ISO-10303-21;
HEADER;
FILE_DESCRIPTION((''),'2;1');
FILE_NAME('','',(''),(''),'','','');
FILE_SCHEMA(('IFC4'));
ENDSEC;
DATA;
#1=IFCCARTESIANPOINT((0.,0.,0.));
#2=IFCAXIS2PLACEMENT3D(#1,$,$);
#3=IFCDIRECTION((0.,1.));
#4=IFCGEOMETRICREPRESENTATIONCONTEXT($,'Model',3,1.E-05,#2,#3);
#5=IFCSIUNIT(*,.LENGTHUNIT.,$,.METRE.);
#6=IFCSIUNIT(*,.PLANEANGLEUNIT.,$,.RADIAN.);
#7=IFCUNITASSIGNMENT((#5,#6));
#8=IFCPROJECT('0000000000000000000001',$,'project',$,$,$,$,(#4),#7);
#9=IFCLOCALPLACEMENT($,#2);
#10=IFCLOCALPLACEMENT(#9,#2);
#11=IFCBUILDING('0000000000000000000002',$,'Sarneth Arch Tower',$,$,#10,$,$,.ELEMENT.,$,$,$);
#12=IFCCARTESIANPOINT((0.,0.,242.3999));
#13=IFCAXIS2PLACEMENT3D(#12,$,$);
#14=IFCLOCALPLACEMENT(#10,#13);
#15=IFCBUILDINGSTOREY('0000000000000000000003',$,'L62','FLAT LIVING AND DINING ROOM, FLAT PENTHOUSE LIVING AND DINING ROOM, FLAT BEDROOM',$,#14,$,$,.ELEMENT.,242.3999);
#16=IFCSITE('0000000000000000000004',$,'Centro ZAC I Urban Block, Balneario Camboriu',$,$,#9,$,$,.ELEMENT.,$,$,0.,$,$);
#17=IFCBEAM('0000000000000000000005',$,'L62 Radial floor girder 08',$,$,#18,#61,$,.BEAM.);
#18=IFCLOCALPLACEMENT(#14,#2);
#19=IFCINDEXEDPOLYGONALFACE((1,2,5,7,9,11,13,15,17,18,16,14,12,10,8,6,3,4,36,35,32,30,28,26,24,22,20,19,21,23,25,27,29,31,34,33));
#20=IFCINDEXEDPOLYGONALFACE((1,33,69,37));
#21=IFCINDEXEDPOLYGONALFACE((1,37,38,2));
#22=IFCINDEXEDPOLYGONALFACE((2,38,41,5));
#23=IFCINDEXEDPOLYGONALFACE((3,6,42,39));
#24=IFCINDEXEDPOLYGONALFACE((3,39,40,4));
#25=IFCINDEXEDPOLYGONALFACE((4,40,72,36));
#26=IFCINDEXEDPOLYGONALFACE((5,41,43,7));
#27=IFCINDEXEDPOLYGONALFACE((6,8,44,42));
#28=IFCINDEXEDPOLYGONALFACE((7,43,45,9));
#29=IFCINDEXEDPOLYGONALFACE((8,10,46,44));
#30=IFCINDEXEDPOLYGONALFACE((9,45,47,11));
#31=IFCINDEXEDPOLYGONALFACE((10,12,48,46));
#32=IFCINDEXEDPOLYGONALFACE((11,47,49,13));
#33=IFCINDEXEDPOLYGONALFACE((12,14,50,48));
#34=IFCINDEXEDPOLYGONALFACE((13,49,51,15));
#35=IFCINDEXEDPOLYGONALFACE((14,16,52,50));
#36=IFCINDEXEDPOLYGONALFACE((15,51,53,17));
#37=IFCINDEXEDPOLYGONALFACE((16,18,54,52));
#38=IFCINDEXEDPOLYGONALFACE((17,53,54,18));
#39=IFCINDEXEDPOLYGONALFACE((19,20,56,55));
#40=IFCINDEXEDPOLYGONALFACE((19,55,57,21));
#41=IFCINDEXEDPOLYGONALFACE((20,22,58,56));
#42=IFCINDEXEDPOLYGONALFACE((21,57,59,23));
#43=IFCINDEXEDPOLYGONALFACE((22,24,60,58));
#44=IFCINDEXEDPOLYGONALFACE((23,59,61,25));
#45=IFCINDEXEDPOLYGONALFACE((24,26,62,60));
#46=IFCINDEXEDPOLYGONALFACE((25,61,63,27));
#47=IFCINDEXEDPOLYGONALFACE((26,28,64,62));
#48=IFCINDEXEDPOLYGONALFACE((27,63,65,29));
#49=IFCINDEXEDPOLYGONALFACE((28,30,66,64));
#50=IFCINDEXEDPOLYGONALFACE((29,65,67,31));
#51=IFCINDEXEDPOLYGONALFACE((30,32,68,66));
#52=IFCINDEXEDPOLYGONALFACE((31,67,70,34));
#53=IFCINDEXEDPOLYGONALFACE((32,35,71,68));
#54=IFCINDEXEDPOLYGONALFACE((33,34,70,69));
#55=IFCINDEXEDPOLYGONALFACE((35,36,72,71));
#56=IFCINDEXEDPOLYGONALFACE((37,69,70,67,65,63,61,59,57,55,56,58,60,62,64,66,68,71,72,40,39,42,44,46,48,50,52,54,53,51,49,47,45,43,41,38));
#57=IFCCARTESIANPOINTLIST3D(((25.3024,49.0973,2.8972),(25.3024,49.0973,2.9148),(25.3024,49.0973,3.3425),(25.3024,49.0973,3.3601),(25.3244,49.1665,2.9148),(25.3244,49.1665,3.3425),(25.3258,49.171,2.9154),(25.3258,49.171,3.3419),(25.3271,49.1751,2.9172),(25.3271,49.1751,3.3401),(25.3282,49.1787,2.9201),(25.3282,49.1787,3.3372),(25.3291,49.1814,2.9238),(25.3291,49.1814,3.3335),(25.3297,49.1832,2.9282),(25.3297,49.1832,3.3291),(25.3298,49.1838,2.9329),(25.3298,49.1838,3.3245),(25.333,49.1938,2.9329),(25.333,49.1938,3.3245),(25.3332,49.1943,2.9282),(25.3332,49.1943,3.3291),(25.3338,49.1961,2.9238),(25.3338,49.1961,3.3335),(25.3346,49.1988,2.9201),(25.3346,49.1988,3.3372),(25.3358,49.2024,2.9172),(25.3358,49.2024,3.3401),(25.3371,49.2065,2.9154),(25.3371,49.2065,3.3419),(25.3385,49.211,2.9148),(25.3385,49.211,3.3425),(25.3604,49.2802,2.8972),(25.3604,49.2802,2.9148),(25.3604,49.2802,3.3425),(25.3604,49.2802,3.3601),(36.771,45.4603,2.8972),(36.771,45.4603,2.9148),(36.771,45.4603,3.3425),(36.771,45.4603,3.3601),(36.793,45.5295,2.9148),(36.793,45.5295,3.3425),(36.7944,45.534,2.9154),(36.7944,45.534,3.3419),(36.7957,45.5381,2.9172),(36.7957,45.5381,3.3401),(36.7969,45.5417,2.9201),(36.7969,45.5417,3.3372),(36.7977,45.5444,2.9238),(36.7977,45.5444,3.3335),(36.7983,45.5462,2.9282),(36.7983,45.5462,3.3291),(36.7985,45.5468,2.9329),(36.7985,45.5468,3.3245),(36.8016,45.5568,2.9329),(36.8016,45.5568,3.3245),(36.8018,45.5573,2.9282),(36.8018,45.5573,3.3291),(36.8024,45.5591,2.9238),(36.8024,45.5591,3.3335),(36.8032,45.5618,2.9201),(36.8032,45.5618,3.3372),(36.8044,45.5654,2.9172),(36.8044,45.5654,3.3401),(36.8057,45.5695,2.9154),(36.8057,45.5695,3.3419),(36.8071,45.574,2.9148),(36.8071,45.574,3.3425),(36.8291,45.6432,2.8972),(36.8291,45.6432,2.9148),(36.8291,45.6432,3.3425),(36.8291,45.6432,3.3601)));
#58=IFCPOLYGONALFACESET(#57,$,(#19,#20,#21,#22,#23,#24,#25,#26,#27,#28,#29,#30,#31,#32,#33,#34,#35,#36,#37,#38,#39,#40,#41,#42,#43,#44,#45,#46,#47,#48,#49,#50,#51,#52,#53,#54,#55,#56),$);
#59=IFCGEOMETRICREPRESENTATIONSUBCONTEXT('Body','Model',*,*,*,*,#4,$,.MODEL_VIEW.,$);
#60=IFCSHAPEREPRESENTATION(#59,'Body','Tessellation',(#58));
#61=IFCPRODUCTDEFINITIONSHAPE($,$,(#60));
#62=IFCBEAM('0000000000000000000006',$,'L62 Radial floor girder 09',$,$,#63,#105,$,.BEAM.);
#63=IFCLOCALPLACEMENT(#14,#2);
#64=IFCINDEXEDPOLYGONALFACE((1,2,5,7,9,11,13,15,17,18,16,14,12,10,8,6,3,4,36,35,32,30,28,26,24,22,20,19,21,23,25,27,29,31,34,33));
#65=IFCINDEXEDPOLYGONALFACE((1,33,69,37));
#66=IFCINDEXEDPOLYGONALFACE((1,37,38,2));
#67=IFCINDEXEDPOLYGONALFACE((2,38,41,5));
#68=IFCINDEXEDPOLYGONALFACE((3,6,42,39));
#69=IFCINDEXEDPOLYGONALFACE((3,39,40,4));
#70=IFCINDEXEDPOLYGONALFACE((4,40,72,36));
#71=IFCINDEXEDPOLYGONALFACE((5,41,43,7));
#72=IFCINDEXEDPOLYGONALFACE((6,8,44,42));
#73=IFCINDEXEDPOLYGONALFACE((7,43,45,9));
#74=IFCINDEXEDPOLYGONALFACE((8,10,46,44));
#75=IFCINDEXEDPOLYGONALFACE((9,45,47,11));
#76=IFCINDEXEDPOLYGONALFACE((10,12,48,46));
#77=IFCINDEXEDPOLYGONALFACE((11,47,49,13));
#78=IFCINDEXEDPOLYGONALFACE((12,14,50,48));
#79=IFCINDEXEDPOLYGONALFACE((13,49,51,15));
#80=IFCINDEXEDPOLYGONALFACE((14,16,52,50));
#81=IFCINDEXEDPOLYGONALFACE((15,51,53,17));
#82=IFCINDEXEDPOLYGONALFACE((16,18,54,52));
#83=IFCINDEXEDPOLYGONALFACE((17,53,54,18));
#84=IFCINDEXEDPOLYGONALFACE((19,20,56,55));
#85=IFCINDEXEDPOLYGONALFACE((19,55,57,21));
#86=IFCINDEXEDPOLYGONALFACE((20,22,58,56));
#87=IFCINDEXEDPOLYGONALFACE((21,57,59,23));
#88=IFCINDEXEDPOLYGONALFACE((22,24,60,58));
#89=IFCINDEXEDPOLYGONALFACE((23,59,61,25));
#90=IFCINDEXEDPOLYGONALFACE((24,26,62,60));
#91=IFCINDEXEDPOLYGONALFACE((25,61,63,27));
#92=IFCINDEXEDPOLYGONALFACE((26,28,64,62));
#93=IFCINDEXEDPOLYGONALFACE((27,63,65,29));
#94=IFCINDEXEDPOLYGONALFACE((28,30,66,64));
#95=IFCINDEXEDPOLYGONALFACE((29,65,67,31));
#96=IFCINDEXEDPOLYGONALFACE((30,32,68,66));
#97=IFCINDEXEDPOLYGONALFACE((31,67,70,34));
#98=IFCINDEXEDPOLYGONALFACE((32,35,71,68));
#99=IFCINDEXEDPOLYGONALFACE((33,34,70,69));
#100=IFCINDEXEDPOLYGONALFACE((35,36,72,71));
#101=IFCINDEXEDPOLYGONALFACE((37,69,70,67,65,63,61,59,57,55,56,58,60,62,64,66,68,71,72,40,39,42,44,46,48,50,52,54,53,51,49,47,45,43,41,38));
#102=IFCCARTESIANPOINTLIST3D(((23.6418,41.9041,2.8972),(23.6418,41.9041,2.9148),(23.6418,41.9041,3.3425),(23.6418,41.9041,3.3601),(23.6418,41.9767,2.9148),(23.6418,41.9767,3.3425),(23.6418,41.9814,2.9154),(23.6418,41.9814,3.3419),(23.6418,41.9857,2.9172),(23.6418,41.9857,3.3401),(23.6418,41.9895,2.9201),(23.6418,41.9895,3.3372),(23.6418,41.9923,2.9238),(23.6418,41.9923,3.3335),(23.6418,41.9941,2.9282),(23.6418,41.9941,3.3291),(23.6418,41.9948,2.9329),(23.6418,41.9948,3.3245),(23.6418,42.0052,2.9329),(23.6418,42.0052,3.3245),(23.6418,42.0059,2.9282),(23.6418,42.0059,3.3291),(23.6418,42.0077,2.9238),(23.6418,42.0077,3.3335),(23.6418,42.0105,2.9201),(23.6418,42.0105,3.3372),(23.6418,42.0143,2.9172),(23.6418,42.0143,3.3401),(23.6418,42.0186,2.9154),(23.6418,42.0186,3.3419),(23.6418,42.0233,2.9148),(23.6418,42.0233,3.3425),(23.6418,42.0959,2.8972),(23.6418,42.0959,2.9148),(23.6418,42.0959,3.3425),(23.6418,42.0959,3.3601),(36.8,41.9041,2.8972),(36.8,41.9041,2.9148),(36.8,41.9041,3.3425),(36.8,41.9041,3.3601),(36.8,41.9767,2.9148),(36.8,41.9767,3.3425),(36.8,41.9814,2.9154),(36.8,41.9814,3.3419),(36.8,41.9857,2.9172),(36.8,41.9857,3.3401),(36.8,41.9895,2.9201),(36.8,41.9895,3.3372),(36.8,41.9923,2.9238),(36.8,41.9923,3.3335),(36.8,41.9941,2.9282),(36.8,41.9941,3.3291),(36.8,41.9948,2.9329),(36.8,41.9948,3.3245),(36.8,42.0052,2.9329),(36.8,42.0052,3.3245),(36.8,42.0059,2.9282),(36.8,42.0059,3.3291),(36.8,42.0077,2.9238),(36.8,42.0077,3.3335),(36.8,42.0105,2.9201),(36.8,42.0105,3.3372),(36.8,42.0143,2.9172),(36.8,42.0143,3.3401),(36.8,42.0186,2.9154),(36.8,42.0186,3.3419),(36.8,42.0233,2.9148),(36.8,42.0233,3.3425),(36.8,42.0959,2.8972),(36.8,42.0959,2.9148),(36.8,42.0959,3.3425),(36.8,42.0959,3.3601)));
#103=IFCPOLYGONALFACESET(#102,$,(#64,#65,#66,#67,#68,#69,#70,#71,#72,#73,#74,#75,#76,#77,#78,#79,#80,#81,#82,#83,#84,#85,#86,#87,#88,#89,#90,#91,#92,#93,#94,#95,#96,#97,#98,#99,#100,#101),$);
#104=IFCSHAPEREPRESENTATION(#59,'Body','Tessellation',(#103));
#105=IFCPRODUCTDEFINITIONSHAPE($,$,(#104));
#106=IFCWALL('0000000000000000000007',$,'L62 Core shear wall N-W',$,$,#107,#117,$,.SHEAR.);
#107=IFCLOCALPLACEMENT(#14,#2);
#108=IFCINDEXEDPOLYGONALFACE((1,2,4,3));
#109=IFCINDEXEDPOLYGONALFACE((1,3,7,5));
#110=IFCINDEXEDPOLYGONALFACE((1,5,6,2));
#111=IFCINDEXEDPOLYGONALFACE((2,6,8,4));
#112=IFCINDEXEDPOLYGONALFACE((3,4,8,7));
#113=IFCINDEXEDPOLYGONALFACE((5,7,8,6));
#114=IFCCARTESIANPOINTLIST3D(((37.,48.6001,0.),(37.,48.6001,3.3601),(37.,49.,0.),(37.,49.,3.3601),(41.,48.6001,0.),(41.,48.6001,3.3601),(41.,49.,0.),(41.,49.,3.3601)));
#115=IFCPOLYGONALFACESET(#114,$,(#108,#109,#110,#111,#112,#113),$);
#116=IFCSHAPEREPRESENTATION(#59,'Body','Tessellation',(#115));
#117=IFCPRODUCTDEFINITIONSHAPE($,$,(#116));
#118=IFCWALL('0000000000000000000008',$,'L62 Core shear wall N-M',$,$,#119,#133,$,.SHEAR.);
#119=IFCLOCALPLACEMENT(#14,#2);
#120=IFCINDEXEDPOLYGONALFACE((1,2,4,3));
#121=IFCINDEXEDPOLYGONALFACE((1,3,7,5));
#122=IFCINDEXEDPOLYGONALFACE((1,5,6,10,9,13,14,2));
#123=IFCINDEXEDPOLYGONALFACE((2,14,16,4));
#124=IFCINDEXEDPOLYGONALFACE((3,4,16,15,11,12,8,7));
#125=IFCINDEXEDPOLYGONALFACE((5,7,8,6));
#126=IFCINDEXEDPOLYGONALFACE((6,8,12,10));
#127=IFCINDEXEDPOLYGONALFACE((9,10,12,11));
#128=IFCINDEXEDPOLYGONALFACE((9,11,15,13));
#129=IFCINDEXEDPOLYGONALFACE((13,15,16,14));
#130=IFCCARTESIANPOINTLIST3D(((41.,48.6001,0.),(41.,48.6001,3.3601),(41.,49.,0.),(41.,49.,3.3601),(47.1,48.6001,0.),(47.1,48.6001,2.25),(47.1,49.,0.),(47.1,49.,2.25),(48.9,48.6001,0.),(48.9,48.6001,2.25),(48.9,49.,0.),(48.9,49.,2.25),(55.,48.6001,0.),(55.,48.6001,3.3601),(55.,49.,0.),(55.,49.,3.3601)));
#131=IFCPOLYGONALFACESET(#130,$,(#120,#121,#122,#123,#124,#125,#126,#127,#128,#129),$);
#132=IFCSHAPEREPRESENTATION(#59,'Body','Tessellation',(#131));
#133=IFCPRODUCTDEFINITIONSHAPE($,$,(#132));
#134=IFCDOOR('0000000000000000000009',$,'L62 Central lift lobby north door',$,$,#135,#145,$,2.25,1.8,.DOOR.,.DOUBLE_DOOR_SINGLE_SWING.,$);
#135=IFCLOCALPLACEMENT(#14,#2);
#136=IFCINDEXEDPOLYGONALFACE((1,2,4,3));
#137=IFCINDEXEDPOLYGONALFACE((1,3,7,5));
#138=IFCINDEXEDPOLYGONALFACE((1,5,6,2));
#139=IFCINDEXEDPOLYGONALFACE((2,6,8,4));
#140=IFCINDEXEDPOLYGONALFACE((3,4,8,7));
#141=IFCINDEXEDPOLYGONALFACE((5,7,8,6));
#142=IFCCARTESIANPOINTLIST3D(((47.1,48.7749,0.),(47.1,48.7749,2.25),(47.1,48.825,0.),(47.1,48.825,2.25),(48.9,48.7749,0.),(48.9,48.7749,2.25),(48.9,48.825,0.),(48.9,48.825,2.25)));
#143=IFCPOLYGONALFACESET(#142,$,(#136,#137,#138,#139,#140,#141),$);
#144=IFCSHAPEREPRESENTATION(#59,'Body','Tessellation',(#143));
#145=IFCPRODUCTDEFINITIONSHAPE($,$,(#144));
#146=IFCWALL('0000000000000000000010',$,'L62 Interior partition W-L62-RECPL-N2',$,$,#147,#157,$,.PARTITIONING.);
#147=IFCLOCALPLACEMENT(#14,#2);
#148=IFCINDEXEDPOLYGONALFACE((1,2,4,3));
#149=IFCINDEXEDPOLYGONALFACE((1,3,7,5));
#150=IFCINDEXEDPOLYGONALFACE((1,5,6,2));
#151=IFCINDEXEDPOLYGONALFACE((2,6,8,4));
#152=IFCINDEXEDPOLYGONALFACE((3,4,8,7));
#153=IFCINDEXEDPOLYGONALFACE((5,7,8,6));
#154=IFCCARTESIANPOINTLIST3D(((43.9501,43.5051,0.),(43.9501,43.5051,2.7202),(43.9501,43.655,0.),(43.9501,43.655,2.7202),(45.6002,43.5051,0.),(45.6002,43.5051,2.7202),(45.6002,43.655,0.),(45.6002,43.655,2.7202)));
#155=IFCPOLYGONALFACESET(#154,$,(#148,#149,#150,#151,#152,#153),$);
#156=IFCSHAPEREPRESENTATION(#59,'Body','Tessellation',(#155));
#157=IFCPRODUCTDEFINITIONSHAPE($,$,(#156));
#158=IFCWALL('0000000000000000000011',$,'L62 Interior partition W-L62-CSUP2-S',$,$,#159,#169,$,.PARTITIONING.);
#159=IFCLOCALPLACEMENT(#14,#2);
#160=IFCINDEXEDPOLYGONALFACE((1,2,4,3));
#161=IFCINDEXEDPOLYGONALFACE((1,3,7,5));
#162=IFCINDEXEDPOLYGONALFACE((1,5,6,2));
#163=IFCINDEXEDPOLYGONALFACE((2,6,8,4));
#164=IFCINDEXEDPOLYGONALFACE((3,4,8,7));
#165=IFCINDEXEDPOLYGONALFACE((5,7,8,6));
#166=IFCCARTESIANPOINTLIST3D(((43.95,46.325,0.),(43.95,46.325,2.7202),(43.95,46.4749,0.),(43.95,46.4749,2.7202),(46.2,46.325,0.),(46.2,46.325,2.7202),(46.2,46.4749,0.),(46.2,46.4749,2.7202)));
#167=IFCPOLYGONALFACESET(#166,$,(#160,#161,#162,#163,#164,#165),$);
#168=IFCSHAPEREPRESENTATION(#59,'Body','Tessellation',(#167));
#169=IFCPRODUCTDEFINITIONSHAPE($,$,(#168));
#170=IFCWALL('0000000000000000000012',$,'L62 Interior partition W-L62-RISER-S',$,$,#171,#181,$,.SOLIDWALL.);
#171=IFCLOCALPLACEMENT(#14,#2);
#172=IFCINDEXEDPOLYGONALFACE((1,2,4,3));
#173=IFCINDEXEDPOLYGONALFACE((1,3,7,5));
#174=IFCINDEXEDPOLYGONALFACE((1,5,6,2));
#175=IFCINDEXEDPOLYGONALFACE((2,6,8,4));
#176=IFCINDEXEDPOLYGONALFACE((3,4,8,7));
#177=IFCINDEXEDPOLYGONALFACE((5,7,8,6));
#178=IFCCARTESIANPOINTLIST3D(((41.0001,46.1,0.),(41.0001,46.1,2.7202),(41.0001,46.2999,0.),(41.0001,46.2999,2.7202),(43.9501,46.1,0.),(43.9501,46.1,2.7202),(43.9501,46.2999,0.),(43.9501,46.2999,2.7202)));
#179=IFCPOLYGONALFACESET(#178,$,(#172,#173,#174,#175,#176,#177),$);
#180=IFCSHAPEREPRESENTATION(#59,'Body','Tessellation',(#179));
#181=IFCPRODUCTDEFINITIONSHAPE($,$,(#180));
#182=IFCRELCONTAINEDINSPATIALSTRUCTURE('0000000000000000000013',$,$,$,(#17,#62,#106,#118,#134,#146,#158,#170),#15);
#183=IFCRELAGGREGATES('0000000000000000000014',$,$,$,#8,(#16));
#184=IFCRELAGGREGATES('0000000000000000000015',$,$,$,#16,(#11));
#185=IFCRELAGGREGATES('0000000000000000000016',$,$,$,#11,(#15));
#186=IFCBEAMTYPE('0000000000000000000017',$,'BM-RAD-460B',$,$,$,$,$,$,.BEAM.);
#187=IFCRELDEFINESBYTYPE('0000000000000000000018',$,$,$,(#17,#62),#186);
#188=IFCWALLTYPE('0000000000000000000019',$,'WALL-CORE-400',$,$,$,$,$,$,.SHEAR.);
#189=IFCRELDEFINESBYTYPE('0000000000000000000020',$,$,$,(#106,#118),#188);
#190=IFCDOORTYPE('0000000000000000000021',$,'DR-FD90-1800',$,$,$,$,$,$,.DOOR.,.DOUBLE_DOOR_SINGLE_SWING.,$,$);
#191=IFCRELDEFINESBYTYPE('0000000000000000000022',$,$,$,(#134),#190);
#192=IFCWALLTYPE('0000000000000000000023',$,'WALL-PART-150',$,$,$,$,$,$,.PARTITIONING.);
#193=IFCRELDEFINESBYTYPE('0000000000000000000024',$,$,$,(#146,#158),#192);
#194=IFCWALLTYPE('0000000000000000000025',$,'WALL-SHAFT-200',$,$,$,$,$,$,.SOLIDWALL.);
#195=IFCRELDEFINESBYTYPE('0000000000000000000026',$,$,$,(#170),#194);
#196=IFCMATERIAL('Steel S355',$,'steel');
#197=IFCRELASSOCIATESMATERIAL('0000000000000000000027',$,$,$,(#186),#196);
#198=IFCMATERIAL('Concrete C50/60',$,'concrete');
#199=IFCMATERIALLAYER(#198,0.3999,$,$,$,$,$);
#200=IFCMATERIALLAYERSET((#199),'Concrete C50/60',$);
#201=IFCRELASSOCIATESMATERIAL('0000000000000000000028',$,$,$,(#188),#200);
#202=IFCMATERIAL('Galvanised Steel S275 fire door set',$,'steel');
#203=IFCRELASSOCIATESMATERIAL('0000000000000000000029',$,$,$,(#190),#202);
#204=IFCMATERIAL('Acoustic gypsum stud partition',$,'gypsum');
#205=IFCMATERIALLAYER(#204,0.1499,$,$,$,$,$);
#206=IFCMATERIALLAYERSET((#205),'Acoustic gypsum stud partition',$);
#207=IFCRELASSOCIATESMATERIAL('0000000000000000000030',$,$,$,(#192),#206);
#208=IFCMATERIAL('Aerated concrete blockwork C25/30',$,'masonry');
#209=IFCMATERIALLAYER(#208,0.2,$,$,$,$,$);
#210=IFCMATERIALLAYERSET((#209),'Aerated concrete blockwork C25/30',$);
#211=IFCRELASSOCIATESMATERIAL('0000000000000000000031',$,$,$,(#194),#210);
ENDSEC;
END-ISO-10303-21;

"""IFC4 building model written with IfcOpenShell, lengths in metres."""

from ifc_helpers import new_model, si_unit, direction, frame, frame_2d, origin, origin_2d, place, context, subcontext, project, spatial, rectangle, i_section, extrude, material, layer, layer_set, material_profile, profile_set, type_object, element, fill, save


model = new_model("IFC4")

# Units and contexts
model_context = context("Model", 3, precision=1e-05, world=origin(), true_north=direction((0.0, 1.0)))
body_context = subcontext(model_context, "Body", "Model", "MODEL_VIEW")
ifc_project = project(units=[si_unit("LENGTHUNIT", "METRE"), si_unit("PLANEANGLEUNIT", "RADIAN")], contexts=[model_context])

# Site, building, storey
site_placement = place(None, origin())
site = spatial("IfcSite", under=ifc_project, at=site_placement, Name="Centro ZAC I Urban Block, Balneario Camboriu", CompositionType="ELEMENT", RefElevation=0.0)
building_placement = place(site_placement, origin())
building = spatial("IfcBuilding", under=site, at=building_placement, Name="Sarneth Arch Tower", CompositionType="ELEMENT")
storey_placement = place(building_placement, frame((0.0, 0.0, 242.3999)))
storey = spatial("IfcBuildingStorey", under=building, at=storey_placement, Name="L62", Description="FLAT LIVING AND DINING ROOM, FLAT PENTHOUSE LIVING AND DINING ROOM, FLAT BEDROOM", CompositionType="ELEMENT", Elevation=242.3999)

# Beams
ifc_material_1 = material(Name="Steel S355", Category="steel")
ifc_material_profile_1 = material_profile(ifc_material_1, i_section(OverallWidth=0.1919, OverallDepth=0.4629, WebThickness=0.0105, FlangeThickness=0.0176, FilletRadius=0.0181, at=origin_2d()), Name="W460x89")
ifc_profile_set_1 = profile_set([ifc_material_profile_1], Name="Steel S355")
beam_type_1 = type_object("IfcBeamType", Name="BM-RAD-460B", PredefinedType="BEAM", material=ifc_profile_set_1)
beam_1_placement = place(storey_placement, frame((36.8, 45.5518, 3.1287), z_axis=(-0.953216, 0.30229, 0.0), x_axis=(-0.30229, -0.953216, 0.0)))
element("IfcBeam", 1, at=beam_1_placement, inside=storey, type_object=beam_type_1, Name="L62 Radial floor girder 08", PredefinedType="BEAM", context=body_context, shape_type="SweptSolid", body=[
    extrude(i_section(OverallWidth=0.1919, OverallDepth=0.4629, WebThickness=0.0105, FlangeThickness=0.0176, FilletRadius=0.0181, at=origin_2d()), origin(), (0.0, 0.0, 1.0), 12.0315),
])
beam_2_placement = place(storey_placement, frame((36.8, 42.0, 3.1287), z_axis=(-1.0, 0.0, 0.0), x_axis=(0.0, -1.0, 0.0)))
element("IfcBeam", 2, at=beam_2_placement, inside=storey, type_object=beam_type_1, Name="L62 Radial floor girder 09", PredefinedType="BEAM", context=body_context, shape_type="SweptSolid", body=[
    extrude(i_section(OverallWidth=0.1919, OverallDepth=0.4629, WebThickness=0.0105, FlangeThickness=0.0176, FilletRadius=0.0181, at=origin_2d()), origin(), (0.0, 0.0, 1.0), 13.1582),
])

# Wall
ifc_material_2 = material(Name="Concrete C50/60", Category="concrete")
ifc_layer_1 = layer(ifc_material_2, 0.3999)
ifc_layer_set_1 = layer_set([ifc_layer_1], Name="Concrete C50/60")
wall_type_1 = type_object("IfcWallType", Name="WALL-CORE-400", PredefinedType="SHEAR", material=ifc_layer_set_1)
wall_1_placement = place(storey_placement, frame((37.0, 48.8, 0.0), z_axis=(0.0, 0.0, 1.0), x_axis=(1.0, 0.0, 0.0)))
element("IfcWall", 3, at=wall_1_placement, inside=storey, type_object=wall_type_1, Name="L62 Core shear wall N-W", PredefinedType="SHEAR", context=body_context, shape_type="SweptSolid", body=[
    extrude(rectangle(XDim=4.0, YDim=0.3999, at=frame_2d((2.0, 0.0))), origin(), (0.0, 0.0, 1.0), 3.3601),
])

# Wall, opening, door
wall_2_placement = place(storey_placement, frame((41.0, 48.8, 0.0), z_axis=(0.0, 0.0, 1.0), x_axis=(1.0, 0.0, 0.0)))
wall_2 = element("IfcWall", 4, at=wall_2_placement, inside=storey, type_object=wall_type_1, Name="L62 Core shear wall N-M", PredefinedType="SHEAR", context=body_context, shape_type="SweptSolid", body=[
    extrude(rectangle(XDim=14.0, YDim=0.3999, at=frame_2d((7.0, 0.0))), origin(), (0.0, 0.0, 1.0), 3.3601),
])
opening_1_placement = place(wall_2_placement, frame((6.1001, 0.0, 0.0)))
opening_1 = element("IfcOpeningElement", 5, at=opening_1_placement, cuts=wall_2, PredefinedType="OPENING", context=body_context, shape_type="SweptSolid", body=[
    extrude(rectangle(XDim=1.8, YDim=2.25, at=frame_2d((0.8999, 1.125))), frame((0.0, 0.21, 0.0), z_axis=(0.0, -1.0, 0.0), x_axis=(1.0, 0.0, 0.0)), (0.0, 0.0, 1.0), 0.4199),
])
ifc_material_3 = material(Name="Galvanised Steel S275 fire door set", Category="steel")
door_type_1 = type_object("IfcDoorType", Name="DR-FD90-1800", OperationType="DOUBLE_DOOR_SINGLE_SWING", PredefinedType="DOOR", material=ifc_material_3)
door_1_placement = place(opening_1_placement, origin())
door_1 = element("IfcDoor", 6, at=door_1_placement, inside=storey, type_object=door_type_1, Name="L62 Central lift lobby north door", OperationType="DOUBLE_DOOR_SINGLE_SWING", OverallHeight=2.25, OverallWidth=1.8, PredefinedType="DOOR", context=body_context, shape_type="SweptSolid", body=[
    extrude(rectangle(XDim=1.8, YDim=2.25, at=frame_2d((0.8999, 1.125))), frame((0.0, 0.0249, 0.0), z_axis=(0.0, -1.0, 0.0), x_axis=(1.0, 0.0, 0.0)), (0.0, 0.0, 1.0), 0.05),
])
fill(opening_1, door_1)

# Wall
ifc_material_4 = material(Name="Acoustic gypsum stud partition", Category="gypsum")
ifc_layer_2 = layer(ifc_material_4, 0.1499)
ifc_layer_set_2 = layer_set([ifc_layer_2], Name="Acoustic gypsum stud partition")
wall_type_2 = type_object("IfcWallType", Name="WALL-PART-150", PredefinedType="PARTITIONING", material=ifc_layer_set_2)
wall_3_placement = place(storey_placement, frame((43.95, 43.5801, 0.0), z_axis=(0.0, 0.0, 1.0), x_axis=(1.0, 0.0, 0.0)))
element("IfcWall", 7, at=wall_3_placement, inside=storey, type_object=wall_type_2, Name="L62 Interior partition W-L62-RECPL-N2", PredefinedType="PARTITIONING", context=body_context, shape_type="SweptSolid", body=[
    extrude(rectangle(XDim=1.6501, YDim=0.1499, at=frame_2d((0.8252, 0.0))), origin(), (0.0, 0.0, 1.0), 2.7202),
])

# Wall
wall_4_placement = place(storey_placement, frame((43.95, 46.3999, 0.0), z_axis=(0.0, 0.0, 1.0), x_axis=(1.0, 0.0, 0.0)))
element("IfcWall", 8, at=wall_4_placement, inside=storey, type_object=wall_type_2, Name="L62 Interior partition W-L62-CSUP2-S", PredefinedType="PARTITIONING", context=body_context, shape_type="SweptSolid", body=[
    extrude(rectangle(XDim=2.25, YDim=0.1499, at=frame_2d((1.125, 0.0))), origin(), (0.0, 0.0, 1.0), 2.7202),
])

# Wall
ifc_material_5 = material(Name="Aerated concrete blockwork C25/30", Category="masonry")
ifc_layer_3 = layer(ifc_material_5, 0.2)
ifc_layer_set_3 = layer_set([ifc_layer_3], Name="Aerated concrete blockwork C25/30")
wall_type_3 = type_object("IfcWallType", Name="WALL-SHAFT-200", PredefinedType="SOLIDWALL", material=ifc_layer_set_3)
wall_5_placement = place(storey_placement, frame((41.0, 46.2, 0.0), z_axis=(0.0, 0.0, 1.0), x_axis=(1.0, 0.0, 0.0)))
element("IfcWall", 9, at=wall_5_placement, inside=storey, type_object=wall_type_3, Name="L62 Interior partition W-L62-RISER-S", PredefinedType="SOLIDWALL", context=body_context, shape_type="SweptSolid", body=[
    extrude(rectangle(XDim=2.95, YDim=0.2, at=frame_2d((1.4751, 0.0))), origin(), (0.0, 0.0, 1.0), 2.7202),
])

save(model, "model.ifc")
